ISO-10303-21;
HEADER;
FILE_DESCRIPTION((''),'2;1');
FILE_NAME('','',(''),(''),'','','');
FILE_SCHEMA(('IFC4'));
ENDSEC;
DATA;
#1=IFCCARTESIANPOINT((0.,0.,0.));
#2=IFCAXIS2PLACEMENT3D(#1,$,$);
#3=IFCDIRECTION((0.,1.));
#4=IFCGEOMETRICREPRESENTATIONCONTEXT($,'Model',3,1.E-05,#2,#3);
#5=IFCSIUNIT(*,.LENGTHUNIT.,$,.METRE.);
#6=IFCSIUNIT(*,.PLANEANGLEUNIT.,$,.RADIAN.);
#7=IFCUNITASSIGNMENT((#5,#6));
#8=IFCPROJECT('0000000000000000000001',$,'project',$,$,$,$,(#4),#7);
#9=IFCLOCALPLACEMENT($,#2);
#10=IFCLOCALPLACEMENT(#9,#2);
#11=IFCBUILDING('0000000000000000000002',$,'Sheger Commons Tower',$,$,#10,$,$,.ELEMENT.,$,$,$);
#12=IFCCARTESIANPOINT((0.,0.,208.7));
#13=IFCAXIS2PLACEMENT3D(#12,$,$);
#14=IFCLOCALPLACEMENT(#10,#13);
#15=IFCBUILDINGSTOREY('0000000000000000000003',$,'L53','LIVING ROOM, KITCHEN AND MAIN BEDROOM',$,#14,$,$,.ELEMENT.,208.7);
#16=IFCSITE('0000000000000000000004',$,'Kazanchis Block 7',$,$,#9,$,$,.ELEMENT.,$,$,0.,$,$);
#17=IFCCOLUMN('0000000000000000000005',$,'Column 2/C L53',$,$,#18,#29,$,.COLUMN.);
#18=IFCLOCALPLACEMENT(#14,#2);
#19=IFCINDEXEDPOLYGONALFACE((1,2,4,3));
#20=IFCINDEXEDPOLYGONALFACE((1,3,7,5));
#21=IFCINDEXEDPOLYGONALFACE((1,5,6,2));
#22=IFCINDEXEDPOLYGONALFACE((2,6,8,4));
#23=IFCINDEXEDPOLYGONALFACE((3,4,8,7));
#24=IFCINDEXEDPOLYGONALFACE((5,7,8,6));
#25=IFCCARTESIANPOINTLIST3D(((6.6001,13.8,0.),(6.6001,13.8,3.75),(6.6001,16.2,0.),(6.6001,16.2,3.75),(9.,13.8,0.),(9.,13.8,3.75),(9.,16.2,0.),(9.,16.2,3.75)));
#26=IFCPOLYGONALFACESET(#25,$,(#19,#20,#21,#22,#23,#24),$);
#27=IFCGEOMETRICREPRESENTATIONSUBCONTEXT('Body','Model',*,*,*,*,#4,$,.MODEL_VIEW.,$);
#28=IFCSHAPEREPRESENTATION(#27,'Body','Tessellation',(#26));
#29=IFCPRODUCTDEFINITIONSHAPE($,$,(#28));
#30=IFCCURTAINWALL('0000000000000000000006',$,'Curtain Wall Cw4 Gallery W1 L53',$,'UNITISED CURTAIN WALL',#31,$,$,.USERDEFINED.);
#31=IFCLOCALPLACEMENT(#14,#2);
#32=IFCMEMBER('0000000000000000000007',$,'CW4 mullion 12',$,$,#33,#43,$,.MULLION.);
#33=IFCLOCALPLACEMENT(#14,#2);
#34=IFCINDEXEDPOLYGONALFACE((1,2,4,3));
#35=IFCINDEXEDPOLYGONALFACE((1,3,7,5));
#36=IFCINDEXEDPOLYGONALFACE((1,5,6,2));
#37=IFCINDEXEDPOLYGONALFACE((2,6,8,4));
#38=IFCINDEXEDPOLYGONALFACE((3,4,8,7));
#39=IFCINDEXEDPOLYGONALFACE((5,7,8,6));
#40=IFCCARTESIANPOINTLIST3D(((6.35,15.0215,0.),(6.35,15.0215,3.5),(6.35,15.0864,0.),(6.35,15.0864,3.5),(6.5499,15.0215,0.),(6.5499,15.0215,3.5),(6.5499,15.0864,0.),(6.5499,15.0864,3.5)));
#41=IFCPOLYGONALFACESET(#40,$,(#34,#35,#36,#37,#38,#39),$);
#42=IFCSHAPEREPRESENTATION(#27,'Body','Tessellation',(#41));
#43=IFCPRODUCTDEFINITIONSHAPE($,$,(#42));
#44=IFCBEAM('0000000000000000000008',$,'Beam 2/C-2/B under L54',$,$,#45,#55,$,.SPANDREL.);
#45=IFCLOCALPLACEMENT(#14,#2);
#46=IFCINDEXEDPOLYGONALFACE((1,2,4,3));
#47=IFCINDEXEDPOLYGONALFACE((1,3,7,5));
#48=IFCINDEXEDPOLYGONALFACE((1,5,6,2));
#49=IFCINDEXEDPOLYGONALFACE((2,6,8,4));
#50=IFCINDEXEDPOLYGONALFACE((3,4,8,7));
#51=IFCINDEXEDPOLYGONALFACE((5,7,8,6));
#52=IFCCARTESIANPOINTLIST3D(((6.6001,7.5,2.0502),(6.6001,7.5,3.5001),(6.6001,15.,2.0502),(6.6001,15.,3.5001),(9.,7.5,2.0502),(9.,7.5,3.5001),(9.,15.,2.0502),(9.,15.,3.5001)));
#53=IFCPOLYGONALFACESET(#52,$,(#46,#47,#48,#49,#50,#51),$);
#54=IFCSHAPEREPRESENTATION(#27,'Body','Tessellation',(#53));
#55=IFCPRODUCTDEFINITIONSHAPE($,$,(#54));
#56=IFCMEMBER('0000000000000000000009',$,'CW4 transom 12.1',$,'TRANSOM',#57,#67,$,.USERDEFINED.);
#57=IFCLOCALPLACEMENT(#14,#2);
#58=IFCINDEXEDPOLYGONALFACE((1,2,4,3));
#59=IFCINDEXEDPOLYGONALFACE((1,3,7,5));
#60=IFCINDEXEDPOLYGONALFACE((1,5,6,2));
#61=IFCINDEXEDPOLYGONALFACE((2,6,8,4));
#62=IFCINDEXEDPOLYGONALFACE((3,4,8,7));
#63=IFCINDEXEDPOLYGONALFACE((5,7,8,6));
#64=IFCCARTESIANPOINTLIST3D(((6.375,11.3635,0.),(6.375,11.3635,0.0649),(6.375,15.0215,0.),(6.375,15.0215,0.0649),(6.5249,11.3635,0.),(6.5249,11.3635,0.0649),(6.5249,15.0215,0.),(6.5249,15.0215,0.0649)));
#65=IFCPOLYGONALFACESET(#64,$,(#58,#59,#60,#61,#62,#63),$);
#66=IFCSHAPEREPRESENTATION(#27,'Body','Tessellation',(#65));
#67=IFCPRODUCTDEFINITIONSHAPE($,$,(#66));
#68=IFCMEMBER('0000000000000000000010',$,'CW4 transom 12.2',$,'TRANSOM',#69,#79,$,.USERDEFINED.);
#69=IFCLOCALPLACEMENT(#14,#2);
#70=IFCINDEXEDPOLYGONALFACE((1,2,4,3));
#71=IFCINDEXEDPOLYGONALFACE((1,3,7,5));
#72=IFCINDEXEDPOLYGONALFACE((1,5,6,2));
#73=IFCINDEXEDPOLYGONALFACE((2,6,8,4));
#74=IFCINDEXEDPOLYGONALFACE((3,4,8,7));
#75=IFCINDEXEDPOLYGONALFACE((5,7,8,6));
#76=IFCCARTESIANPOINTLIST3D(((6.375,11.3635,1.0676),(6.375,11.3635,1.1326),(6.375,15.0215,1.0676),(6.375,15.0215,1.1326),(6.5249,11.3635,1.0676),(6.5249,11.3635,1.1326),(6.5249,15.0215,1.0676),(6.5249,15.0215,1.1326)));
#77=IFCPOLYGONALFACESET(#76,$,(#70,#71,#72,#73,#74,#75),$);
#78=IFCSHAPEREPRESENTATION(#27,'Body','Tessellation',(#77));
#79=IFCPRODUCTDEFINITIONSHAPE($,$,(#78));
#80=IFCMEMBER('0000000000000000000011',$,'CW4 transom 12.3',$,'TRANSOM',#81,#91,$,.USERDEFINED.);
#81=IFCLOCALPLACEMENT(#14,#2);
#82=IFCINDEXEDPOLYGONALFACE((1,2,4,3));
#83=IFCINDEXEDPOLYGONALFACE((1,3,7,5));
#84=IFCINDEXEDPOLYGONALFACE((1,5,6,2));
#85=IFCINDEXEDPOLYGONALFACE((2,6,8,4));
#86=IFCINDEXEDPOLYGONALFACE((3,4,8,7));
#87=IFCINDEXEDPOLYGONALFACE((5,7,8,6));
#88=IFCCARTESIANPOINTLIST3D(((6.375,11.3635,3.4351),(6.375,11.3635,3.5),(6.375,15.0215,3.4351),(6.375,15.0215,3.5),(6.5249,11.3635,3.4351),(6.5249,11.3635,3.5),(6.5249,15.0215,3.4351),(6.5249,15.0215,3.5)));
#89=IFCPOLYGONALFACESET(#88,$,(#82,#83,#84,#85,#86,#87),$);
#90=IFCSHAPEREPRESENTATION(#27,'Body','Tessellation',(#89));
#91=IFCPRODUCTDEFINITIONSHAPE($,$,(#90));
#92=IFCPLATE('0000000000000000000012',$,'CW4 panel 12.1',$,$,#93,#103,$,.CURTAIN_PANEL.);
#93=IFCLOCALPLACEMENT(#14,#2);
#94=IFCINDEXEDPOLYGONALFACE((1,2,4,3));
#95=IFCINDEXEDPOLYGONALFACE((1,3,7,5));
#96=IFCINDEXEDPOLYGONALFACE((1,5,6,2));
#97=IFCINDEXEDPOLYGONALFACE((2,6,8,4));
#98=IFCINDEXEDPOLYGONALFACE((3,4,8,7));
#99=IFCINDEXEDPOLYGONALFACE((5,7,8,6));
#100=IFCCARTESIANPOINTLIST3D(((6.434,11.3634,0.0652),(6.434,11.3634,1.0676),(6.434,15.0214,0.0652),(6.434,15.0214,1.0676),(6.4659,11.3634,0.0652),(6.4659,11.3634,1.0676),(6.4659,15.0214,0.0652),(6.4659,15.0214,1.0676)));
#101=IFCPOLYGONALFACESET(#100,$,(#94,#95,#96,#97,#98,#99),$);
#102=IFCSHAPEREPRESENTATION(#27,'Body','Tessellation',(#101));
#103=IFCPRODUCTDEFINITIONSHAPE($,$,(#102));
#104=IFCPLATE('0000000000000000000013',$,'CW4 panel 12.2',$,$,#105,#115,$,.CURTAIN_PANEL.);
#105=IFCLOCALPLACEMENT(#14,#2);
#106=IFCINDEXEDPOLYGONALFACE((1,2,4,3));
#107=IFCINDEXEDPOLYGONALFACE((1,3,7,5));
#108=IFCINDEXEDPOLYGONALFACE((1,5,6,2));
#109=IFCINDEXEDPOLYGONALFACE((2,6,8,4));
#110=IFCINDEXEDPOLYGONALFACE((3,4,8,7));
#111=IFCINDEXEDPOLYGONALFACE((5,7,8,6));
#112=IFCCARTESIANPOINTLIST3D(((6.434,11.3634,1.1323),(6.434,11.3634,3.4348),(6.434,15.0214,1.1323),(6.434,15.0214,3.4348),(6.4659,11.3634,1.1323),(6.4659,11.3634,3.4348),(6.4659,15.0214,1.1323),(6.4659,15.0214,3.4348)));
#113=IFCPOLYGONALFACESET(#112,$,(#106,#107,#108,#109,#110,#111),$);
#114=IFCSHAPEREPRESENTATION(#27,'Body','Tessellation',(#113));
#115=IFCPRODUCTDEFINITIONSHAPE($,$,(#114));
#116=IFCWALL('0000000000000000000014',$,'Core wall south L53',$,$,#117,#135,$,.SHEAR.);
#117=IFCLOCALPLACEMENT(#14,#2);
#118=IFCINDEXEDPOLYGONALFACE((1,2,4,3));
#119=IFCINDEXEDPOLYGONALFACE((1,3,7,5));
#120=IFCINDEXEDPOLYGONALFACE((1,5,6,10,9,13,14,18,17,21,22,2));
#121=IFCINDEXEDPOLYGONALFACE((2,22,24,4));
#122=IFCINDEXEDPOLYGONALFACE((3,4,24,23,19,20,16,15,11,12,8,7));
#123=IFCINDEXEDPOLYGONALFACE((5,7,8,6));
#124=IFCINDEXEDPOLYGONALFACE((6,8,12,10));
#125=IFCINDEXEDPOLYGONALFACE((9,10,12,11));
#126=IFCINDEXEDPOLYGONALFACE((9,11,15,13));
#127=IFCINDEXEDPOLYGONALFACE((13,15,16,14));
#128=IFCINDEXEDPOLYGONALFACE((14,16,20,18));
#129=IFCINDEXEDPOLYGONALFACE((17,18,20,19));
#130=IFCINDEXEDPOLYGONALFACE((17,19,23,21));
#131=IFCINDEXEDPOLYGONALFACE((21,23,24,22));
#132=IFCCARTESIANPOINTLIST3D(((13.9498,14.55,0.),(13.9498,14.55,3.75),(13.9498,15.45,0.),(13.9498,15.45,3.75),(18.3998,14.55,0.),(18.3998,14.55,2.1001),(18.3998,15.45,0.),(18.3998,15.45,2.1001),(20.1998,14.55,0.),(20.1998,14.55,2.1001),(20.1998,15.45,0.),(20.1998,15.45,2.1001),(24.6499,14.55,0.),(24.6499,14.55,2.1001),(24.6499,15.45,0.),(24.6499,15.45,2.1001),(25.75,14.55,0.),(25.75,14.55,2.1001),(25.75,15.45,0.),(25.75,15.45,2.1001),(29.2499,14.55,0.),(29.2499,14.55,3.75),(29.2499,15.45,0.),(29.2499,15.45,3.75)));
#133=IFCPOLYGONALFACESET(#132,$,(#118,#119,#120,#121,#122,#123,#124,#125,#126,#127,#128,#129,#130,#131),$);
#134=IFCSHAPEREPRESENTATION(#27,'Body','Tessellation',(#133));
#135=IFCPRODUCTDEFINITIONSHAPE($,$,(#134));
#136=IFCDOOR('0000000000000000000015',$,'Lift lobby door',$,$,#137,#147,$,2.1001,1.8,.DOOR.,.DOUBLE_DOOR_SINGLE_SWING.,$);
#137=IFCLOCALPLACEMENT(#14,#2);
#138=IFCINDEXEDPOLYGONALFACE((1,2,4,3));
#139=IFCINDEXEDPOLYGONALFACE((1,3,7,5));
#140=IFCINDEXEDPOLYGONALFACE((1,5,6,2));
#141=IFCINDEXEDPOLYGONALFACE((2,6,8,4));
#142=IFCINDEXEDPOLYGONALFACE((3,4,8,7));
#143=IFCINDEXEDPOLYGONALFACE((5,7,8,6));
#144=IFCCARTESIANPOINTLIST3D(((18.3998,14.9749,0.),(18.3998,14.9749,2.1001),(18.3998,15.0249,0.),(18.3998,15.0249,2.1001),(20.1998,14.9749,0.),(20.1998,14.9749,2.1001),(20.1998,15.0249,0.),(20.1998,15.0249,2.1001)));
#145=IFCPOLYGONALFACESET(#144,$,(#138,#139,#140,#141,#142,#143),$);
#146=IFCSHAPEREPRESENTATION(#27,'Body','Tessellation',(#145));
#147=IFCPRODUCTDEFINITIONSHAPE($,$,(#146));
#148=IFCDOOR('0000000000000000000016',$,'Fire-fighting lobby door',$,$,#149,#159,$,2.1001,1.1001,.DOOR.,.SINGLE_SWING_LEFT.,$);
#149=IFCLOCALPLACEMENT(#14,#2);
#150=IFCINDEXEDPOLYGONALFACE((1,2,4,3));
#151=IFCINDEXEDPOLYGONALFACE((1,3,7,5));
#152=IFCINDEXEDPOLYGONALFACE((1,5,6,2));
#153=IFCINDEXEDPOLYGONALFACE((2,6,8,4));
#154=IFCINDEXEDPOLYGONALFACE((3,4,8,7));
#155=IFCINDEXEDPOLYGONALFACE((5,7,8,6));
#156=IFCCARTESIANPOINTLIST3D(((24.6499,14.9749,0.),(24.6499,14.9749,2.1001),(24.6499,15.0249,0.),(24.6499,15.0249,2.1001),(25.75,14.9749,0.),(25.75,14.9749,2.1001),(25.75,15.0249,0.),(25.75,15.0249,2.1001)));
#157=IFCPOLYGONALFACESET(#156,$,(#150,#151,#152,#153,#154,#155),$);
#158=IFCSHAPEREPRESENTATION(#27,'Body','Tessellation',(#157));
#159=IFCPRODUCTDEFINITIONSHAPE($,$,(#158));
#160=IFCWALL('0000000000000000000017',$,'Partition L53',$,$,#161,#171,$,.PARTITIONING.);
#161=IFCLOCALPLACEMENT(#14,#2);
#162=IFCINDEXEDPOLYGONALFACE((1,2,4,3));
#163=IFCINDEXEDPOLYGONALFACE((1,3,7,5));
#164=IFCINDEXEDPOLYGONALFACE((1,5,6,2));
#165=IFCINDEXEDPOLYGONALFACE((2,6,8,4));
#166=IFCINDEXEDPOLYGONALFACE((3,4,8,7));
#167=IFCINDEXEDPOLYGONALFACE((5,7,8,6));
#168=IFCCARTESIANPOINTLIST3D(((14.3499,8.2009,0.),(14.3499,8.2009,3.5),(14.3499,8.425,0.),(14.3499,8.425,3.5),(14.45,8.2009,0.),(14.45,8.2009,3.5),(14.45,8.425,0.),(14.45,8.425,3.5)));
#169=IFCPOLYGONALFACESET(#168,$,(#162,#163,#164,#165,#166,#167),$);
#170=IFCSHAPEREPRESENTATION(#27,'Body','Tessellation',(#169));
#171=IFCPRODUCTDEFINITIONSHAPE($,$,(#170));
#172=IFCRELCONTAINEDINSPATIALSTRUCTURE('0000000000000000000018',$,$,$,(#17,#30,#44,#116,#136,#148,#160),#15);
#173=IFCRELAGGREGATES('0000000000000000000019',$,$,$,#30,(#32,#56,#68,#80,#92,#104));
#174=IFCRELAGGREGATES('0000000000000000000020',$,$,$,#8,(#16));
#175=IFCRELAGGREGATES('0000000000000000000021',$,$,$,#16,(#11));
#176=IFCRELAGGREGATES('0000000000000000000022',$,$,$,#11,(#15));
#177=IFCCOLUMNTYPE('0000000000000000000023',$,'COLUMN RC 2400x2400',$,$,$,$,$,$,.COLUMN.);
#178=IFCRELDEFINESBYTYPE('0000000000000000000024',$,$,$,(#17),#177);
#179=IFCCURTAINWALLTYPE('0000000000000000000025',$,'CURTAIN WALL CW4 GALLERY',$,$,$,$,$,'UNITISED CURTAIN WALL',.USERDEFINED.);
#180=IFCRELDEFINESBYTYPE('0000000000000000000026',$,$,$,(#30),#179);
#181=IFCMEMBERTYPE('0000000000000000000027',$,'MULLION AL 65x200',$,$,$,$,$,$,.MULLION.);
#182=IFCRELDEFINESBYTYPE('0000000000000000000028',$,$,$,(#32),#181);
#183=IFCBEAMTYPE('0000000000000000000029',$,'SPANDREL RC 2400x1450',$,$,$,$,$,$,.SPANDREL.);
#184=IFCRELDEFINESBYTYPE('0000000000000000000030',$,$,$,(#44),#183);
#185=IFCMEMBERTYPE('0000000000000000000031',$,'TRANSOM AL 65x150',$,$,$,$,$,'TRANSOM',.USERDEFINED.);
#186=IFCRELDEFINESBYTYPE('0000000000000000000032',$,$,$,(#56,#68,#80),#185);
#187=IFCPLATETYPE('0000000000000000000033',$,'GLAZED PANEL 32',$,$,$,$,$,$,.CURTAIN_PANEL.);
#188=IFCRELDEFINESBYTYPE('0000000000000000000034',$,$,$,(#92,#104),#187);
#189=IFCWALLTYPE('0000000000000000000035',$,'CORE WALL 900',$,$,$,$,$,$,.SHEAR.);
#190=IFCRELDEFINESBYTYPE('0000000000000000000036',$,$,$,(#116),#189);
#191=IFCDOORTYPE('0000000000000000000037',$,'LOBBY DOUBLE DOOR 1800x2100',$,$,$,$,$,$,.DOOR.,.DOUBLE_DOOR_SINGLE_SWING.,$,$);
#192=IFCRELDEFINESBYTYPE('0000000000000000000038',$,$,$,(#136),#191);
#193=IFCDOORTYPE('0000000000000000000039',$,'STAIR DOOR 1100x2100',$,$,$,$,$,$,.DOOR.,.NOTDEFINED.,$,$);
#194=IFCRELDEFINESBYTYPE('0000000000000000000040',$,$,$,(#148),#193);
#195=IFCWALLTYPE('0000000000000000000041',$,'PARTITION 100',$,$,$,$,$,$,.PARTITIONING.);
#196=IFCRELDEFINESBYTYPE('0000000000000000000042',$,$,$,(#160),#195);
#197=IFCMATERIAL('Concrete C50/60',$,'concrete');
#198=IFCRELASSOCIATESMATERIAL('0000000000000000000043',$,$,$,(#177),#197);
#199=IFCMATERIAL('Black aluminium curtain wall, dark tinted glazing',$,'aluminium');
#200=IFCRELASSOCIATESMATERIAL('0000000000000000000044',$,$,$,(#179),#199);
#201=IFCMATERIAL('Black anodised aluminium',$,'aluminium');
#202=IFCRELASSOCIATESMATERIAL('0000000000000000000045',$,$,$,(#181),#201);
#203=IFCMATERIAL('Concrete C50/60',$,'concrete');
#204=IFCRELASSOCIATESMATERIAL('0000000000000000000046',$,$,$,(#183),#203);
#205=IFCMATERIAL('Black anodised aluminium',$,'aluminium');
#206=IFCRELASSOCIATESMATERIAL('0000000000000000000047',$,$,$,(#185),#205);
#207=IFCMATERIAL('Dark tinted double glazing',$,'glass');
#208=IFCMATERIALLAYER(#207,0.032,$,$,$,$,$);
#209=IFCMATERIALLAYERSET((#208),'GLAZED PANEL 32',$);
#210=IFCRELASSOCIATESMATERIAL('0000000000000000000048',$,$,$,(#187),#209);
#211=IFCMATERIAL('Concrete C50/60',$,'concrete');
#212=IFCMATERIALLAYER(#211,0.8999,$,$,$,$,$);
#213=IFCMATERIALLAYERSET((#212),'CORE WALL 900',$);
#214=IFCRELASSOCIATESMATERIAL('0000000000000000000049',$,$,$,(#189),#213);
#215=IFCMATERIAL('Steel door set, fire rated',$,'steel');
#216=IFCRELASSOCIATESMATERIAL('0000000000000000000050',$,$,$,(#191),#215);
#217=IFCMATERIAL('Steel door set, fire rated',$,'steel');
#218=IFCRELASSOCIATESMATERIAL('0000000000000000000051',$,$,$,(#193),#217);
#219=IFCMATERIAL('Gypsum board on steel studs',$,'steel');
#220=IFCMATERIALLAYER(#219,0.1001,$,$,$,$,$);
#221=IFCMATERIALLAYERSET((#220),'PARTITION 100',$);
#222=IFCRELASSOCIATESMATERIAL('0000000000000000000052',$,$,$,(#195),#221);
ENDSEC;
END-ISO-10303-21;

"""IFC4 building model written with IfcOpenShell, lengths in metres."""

from ifc_helpers import new_model, si_unit, direction, frame, frame_2d, origin, origin_2d, place, context, subcontext, project, spatial, rectangle, extrude, material, layer, layer_set, material_profile, profile_set, type_object, element, fill, aggregate, save


model = new_model("IFC4")

# Units and contexts
model_context = context("Model", 3, precision=1e-05, world=origin(), true_north=direction((0.0, 1.0)))
body_context = subcontext(model_context, "Body", "Model", "MODEL_VIEW")
ifc_project = project(units=[si_unit("LENGTHUNIT", "METRE"), si_unit("PLANEANGLEUNIT", "RADIAN")], contexts=[model_context])

# Site, building, storey
site_placement = place(None, origin())
site = spatial("IfcSite", under=ifc_project, at=site_placement, Name="Kazanchis Block 7", CompositionType="ELEMENT", RefElevation=0.0)
building_placement = place(site_placement, origin())
building = spatial("IfcBuilding", under=site, at=building_placement, Name="Sheger Commons Tower", CompositionType="ELEMENT")
storey_placement = place(building_placement, frame((0.0, 0.0, 208.7)))
storey = spatial("IfcBuildingStorey", under=building, at=storey_placement, Name="L53", Description="LIVING ROOM, KITCHEN AND MAIN BEDROOM", CompositionType="ELEMENT", Elevation=208.7)

# Column
ifc_material_1 = material(Name="Concrete C50/60", Category="concrete")
ifc_material_profile_1 = material_profile(ifc_material_1, rectangle(XDim=2.3999, YDim=2.3999, at=origin_2d()), Name="RC 2400x2400")
ifc_profile_set_1 = profile_set([ifc_material_profile_1], Name="Concrete C50/60")
column_type = type_object("IfcColumnType", Name="COLUMN RC 2400x2400", PredefinedType="COLUMN", material=ifc_profile_set_1)
column_placement = place(storey_placement, frame((7.8, 15.0, 0.0), z_axis=(0.0, 0.0, 1.0), x_axis=(1.0, 0.0, 0.0)))
element("IfcColumn", 1, at=column_placement, inside=storey, type_object=column_type, Name="Column 2/C L53", PredefinedType="COLUMN", context=body_context, shape_type="SweptSolid", body=[
    extrude(rectangle(XDim=2.3999, YDim=2.3999, at=origin_2d()), origin(), (0.0, 0.0, 1.0), 3.75),
])

# Curtain wall, member
ifc_material_2 = material(Name="Black aluminium curtain wall, dark tinted glazing", Category="aluminium")
curtain_wall_type = type_object("IfcCurtainWallType", Name="CURTAIN WALL CW4 GALLERY", ElementType="UNITISED CURTAIN WALL", PredefinedType="USERDEFINED", material=ifc_material_2)
curtain_wall_placement = place(storey_placement, origin())
curtain_wall = element("IfcCurtainWall", 2, at=curtain_wall_placement, inside=storey, type_object=curtain_wall_type, Name="Curtain Wall Cw4 Gallery W1 L53", ObjectType="UNITISED CURTAIN WALL", PredefinedType="USERDEFINED")
ifc_material_3 = material(Name="Black anodised aluminium", Category="aluminium")
ifc_material_profile_2 = material_profile(ifc_material_3, rectangle(XDim=0.2, YDim=0.0649, at=origin_2d()), Name="AL 65x200")
ifc_profile_set_2 = profile_set([ifc_material_profile_2], Name="Black anodised aluminium")
member_type_1 = type_object("IfcMemberType", Name="MULLION AL 65x200", PredefinedType="MULLION", material=ifc_profile_set_2)
member_1_placement = place(storey_placement, frame((6.45, 15.054, 0.0), z_axis=(0.0, 0.0, 1.0), x_axis=(1.0, 0.0, 0.0)))
member_1 = element("IfcMember", 3, at=member_1_placement, type_object=member_type_1, Name="CW4 mullion 12", PredefinedType="MULLION", context=body_context, shape_type="SweptSolid", body=[
    extrude(rectangle(XDim=0.2, YDim=0.0649, at=origin_2d()), origin(), (0.0, 0.0, 1.0), 3.5),
])

# Beam
ifc_material_4 = material(Name="Concrete C50/60", Category="concrete")
ifc_material_profile_3 = material_profile(ifc_material_4, rectangle(XDim=2.3999, YDim=1.45, at=origin_2d()), Name="RC 2400x1450")
ifc_profile_set_3 = profile_set([ifc_material_profile_3], Name="Concrete C50/60")
beam_type = type_object("IfcBeamType", Name="SPANDREL RC 2400x1450", PredefinedType="SPANDREL", material=ifc_profile_set_3)
beam_placement = place(storey_placement, frame((7.8, 15.0, 2.7751), z_axis=(0.0, -1.0, 0.0), x_axis=(1.0, 0.0, 0.0)))
element("IfcBeam", 4, at=beam_placement, inside=storey, type_object=beam_type, Name="Beam 2/C-2/B under L54", PredefinedType="SPANDREL", context=body_context, shape_type="SweptSolid", body=[
    extrude(rectangle(XDim=2.3999, YDim=1.45, at=origin_2d()), origin(), (0.0, 0.0, 1.0), 7.5),
])

# Members
ifc_material_5 = material(Name="Black anodised aluminium", Category="aluminium")
ifc_material_profile_4 = material_profile(ifc_material_5, rectangle(XDim=0.1499, YDim=0.0649, at=origin_2d()), Name="AL 65x150")
ifc_profile_set_4 = profile_set([ifc_material_profile_4], Name="Black anodised aluminium")
member_type_2 = type_object("IfcMemberType", Name="TRANSOM AL 65x150", ElementType="TRANSOM", PredefinedType="USERDEFINED", material=ifc_profile_set_4)
member_2_placement = place(storey_placement, frame((6.45, 15.0215, 0.0325), z_axis=(0.0, -1.0, 0.0), x_axis=(1.0, 0.0, 0.0)))
member_2 = element("IfcMember", 5, at=member_2_placement, type_object=member_type_2, Name="CW4 transom 12.1", ObjectType="TRANSOM", PredefinedType="USERDEFINED", context=body_context, shape_type="SweptSolid", body=[
    extrude(rectangle(XDim=0.1499, YDim=0.0649, at=origin_2d()), origin(), (0.0, 0.0, 1.0), 3.658),
])
member_3_placement = place(storey_placement, frame((6.45, 15.0215, 1.1001), z_axis=(0.0, -1.0, 0.0), x_axis=(1.0, 0.0, 0.0)))
member_3 = element("IfcMember", 6, at=member_3_placement, type_object=member_type_2, Name="CW4 transom 12.2", ObjectType="TRANSOM", PredefinedType="USERDEFINED", context=body_context, shape_type="SweptSolid", body=[
    extrude(rectangle(XDim=0.1499, YDim=0.0649, at=origin_2d()), origin(), (0.0, 0.0, 1.0), 3.658),
])
member_4_placement = place(storey_placement, frame((6.45, 15.0215, 3.4675), z_axis=(0.0, -1.0, 0.0), x_axis=(1.0, 0.0, 0.0)))
member_4 = element("IfcMember", 7, at=member_4_placement, type_object=member_type_2, Name="CW4 transom 12.3", ObjectType="TRANSOM", PredefinedType="USERDEFINED", context=body_context, shape_type="SweptSolid", body=[
    extrude(rectangle(XDim=0.1499, YDim=0.0649, at=origin_2d()), origin(), (0.0, 0.0, 1.0), 3.658),
])

# Plates
ifc_material_6 = material(Name="Dark tinted double glazing", Category="glass")
ifc_layer_1 = layer(ifc_material_6, 0.032)
ifc_layer_set_1 = layer_set([ifc_layer_1], Name="GLAZED PANEL 32")
plate_type = type_object("IfcPlateType", Name="GLAZED PANEL 32", PredefinedType="CURTAIN_PANEL", material=ifc_layer_set_1)
plate_1_placement = place(storey_placement, frame((6.45, 13.1924, 0.0652), z_axis=(0.0, 0.0, 1.0), x_axis=(0.0, -1.0, 0.0)))
plate_1 = element("IfcPlate", 8, at=plate_1_placement, type_object=plate_type, Name="CW4 panel 12.1", PredefinedType="CURTAIN_PANEL", context=body_context, shape_type="SweptSolid", body=[
    extrude(rectangle(XDim=3.658, YDim=0.032, at=origin_2d()), origin(), (0.0, 0.0, 1.0), 1.0024),
])
plate_2_placement = place(storey_placement, frame((6.45, 13.1924, 1.1323), z_axis=(0.0, 0.0, 1.0), x_axis=(0.0, -1.0, 0.0)))
plate_2 = element("IfcPlate", 9, at=plate_2_placement, type_object=plate_type, Name="CW4 panel 12.2", PredefinedType="CURTAIN_PANEL", context=body_context, shape_type="SweptSolid", body=[
    extrude(rectangle(XDim=3.658, YDim=0.032, at=origin_2d()), origin(), (0.0, 0.0, 1.0), 2.3025),
])
aggregate(curtain_wall, [member_1, member_2, member_3, member_4, plate_1, plate_2])

# Wall, openings, doors
ifc_material_7 = material(Name="Concrete C50/60", Category="concrete")
ifc_layer_2 = layer(ifc_material_7, 0.8999)
ifc_layer_set_2 = layer_set([ifc_layer_2], Name="CORE WALL 900")
wall_type_1 = type_object("IfcWallType", Name="CORE WALL 900", PredefinedType="SHEAR", material=ifc_layer_set_2)
wall_1_placement = place(storey_placement, frame((13.95, 15.0, 0.0), z_axis=(0.0, 0.0, 1.0), x_axis=(1.0, 0.0, 0.0)))
wall_1 = element("IfcWall", 10, at=wall_1_placement, inside=storey, type_object=wall_type_1, Name="Core wall south L53", PredefinedType="SHEAR", context=body_context, shape_type="SweptSolid", body=[
    extrude(rectangle(XDim=15.3, YDim=0.8999, at=frame_2d((7.6499, 0.0))), origin(), (0.0, 0.0, 1.0), 3.75),
])
opening_1_placement = place(wall_1_placement, frame((4.45, 0.0, 0.0)))
opening_1 = element("IfcOpeningElement", 11, at=opening_1_placement, cuts=wall_1, PredefinedType="OPENING", context=body_context, shape_type="SweptSolid", body=[
    extrude(rectangle(XDim=1.8, YDim=2.1001, at=frame_2d((0.8999, 1.05))), frame((0.0, 0.46, 0.0), z_axis=(0.0, -1.0, 0.0), x_axis=(1.0, 0.0, 0.0)), (0.0, 0.0, 1.0), 0.9199),
])
opening_2_placement = place(wall_1_placement, frame((10.7, 0.0, 0.0)))
opening_2 = element("IfcOpeningElement", 12, at=opening_2_placement, cuts=wall_1, PredefinedType="OPENING", context=body_context, shape_type="SweptSolid", body=[
    extrude(rectangle(XDim=1.1001, YDim=2.1001, at=frame_2d((0.55, 1.05))), frame((0.0, 0.46, 0.0), z_axis=(0.0, -1.0, 0.0), x_axis=(1.0, 0.0, 0.0)), (0.0, 0.0, 1.0), 0.9199),
])
ifc_material_8 = material(Name="Steel door set, fire rated", Category="steel")
door_type_1 = type_object("IfcDoorType", Name="LOBBY DOUBLE DOOR 1800x2100", OperationType="DOUBLE_DOOR_SINGLE_SWING", PredefinedType="DOOR", material=ifc_material_8)
door_1_placement = place(opening_1_placement, origin())
door_1 = element("IfcDoor", 13, at=door_1_placement, inside=storey, type_object=door_type_1, Name="Lift lobby door", OperationType="DOUBLE_DOOR_SINGLE_SWING", OverallHeight=2.1001, OverallWidth=1.8, PredefinedType="DOOR", context=body_context, shape_type="SweptSolid", body=[
    extrude(rectangle(XDim=1.8, YDim=2.1001, at=frame_2d((0.8999, 1.05))), frame((0.0, 0.0249, 0.0), z_axis=(0.0, -1.0, 0.0), x_axis=(1.0, 0.0, 0.0)), (0.0, 0.0, 1.0), 0.05),
])
fill(opening_1, door_1)
ifc_material_9 = material(Name="Steel door set, fire rated", Category="steel")
door_type_2 = type_object("IfcDoorType", Name="STAIR DOOR 1100x2100", OperationType="NOTDEFINED", PredefinedType="DOOR", material=ifc_material_9)
door_2_placement = place(opening_2_placement, origin())
door_2 = element("IfcDoor", 14, at=door_2_placement, inside=storey, type_object=door_type_2, Name="Fire-fighting lobby door", OperationType="SINGLE_SWING_LEFT", OverallHeight=2.1001, OverallWidth=1.1001, PredefinedType="DOOR", context=body_context, shape_type="SweptSolid", body=[
    extrude(rectangle(XDim=1.1001, YDim=2.1001, at=frame_2d((0.55, 1.05))), frame((0.0, 0.0249, 0.0), z_axis=(0.0, -1.0, 0.0), x_axis=(1.0, 0.0, 0.0)), (0.0, 0.0, 1.0), 0.05),
])
fill(opening_2, door_2)

# Wall
ifc_material_10 = material(Name="Gypsum board on steel studs", Category="steel")
ifc_layer_3 = layer(ifc_material_10, 0.1001)
ifc_layer_set_3 = layer_set([ifc_layer_3], Name="PARTITION 100")
wall_type_2 = type_object("IfcWallType", Name="PARTITION 100", PredefinedType="PARTITIONING", material=ifc_layer_set_3)
wall_2_placement = place(storey_placement, frame((14.3999, 8.2009, 0.0), z_axis=(0.0, 0.0, 1.0), x_axis=(0.0, 1.0, 0.0)))
element("IfcWall", 15, at=wall_2_placement, inside=storey, type_object=wall_type_2, Name="Partition L53", PredefinedType="PARTITIONING", context=body_context, shape_type="SweptSolid", body=[
    extrude(rectangle(XDim=0.2241, YDim=0.1001, at=frame_2d((0.1121, 0.0))), origin(), (0.0, 0.0, 1.0), 3.5),
])

save(model, "model.ifc")
